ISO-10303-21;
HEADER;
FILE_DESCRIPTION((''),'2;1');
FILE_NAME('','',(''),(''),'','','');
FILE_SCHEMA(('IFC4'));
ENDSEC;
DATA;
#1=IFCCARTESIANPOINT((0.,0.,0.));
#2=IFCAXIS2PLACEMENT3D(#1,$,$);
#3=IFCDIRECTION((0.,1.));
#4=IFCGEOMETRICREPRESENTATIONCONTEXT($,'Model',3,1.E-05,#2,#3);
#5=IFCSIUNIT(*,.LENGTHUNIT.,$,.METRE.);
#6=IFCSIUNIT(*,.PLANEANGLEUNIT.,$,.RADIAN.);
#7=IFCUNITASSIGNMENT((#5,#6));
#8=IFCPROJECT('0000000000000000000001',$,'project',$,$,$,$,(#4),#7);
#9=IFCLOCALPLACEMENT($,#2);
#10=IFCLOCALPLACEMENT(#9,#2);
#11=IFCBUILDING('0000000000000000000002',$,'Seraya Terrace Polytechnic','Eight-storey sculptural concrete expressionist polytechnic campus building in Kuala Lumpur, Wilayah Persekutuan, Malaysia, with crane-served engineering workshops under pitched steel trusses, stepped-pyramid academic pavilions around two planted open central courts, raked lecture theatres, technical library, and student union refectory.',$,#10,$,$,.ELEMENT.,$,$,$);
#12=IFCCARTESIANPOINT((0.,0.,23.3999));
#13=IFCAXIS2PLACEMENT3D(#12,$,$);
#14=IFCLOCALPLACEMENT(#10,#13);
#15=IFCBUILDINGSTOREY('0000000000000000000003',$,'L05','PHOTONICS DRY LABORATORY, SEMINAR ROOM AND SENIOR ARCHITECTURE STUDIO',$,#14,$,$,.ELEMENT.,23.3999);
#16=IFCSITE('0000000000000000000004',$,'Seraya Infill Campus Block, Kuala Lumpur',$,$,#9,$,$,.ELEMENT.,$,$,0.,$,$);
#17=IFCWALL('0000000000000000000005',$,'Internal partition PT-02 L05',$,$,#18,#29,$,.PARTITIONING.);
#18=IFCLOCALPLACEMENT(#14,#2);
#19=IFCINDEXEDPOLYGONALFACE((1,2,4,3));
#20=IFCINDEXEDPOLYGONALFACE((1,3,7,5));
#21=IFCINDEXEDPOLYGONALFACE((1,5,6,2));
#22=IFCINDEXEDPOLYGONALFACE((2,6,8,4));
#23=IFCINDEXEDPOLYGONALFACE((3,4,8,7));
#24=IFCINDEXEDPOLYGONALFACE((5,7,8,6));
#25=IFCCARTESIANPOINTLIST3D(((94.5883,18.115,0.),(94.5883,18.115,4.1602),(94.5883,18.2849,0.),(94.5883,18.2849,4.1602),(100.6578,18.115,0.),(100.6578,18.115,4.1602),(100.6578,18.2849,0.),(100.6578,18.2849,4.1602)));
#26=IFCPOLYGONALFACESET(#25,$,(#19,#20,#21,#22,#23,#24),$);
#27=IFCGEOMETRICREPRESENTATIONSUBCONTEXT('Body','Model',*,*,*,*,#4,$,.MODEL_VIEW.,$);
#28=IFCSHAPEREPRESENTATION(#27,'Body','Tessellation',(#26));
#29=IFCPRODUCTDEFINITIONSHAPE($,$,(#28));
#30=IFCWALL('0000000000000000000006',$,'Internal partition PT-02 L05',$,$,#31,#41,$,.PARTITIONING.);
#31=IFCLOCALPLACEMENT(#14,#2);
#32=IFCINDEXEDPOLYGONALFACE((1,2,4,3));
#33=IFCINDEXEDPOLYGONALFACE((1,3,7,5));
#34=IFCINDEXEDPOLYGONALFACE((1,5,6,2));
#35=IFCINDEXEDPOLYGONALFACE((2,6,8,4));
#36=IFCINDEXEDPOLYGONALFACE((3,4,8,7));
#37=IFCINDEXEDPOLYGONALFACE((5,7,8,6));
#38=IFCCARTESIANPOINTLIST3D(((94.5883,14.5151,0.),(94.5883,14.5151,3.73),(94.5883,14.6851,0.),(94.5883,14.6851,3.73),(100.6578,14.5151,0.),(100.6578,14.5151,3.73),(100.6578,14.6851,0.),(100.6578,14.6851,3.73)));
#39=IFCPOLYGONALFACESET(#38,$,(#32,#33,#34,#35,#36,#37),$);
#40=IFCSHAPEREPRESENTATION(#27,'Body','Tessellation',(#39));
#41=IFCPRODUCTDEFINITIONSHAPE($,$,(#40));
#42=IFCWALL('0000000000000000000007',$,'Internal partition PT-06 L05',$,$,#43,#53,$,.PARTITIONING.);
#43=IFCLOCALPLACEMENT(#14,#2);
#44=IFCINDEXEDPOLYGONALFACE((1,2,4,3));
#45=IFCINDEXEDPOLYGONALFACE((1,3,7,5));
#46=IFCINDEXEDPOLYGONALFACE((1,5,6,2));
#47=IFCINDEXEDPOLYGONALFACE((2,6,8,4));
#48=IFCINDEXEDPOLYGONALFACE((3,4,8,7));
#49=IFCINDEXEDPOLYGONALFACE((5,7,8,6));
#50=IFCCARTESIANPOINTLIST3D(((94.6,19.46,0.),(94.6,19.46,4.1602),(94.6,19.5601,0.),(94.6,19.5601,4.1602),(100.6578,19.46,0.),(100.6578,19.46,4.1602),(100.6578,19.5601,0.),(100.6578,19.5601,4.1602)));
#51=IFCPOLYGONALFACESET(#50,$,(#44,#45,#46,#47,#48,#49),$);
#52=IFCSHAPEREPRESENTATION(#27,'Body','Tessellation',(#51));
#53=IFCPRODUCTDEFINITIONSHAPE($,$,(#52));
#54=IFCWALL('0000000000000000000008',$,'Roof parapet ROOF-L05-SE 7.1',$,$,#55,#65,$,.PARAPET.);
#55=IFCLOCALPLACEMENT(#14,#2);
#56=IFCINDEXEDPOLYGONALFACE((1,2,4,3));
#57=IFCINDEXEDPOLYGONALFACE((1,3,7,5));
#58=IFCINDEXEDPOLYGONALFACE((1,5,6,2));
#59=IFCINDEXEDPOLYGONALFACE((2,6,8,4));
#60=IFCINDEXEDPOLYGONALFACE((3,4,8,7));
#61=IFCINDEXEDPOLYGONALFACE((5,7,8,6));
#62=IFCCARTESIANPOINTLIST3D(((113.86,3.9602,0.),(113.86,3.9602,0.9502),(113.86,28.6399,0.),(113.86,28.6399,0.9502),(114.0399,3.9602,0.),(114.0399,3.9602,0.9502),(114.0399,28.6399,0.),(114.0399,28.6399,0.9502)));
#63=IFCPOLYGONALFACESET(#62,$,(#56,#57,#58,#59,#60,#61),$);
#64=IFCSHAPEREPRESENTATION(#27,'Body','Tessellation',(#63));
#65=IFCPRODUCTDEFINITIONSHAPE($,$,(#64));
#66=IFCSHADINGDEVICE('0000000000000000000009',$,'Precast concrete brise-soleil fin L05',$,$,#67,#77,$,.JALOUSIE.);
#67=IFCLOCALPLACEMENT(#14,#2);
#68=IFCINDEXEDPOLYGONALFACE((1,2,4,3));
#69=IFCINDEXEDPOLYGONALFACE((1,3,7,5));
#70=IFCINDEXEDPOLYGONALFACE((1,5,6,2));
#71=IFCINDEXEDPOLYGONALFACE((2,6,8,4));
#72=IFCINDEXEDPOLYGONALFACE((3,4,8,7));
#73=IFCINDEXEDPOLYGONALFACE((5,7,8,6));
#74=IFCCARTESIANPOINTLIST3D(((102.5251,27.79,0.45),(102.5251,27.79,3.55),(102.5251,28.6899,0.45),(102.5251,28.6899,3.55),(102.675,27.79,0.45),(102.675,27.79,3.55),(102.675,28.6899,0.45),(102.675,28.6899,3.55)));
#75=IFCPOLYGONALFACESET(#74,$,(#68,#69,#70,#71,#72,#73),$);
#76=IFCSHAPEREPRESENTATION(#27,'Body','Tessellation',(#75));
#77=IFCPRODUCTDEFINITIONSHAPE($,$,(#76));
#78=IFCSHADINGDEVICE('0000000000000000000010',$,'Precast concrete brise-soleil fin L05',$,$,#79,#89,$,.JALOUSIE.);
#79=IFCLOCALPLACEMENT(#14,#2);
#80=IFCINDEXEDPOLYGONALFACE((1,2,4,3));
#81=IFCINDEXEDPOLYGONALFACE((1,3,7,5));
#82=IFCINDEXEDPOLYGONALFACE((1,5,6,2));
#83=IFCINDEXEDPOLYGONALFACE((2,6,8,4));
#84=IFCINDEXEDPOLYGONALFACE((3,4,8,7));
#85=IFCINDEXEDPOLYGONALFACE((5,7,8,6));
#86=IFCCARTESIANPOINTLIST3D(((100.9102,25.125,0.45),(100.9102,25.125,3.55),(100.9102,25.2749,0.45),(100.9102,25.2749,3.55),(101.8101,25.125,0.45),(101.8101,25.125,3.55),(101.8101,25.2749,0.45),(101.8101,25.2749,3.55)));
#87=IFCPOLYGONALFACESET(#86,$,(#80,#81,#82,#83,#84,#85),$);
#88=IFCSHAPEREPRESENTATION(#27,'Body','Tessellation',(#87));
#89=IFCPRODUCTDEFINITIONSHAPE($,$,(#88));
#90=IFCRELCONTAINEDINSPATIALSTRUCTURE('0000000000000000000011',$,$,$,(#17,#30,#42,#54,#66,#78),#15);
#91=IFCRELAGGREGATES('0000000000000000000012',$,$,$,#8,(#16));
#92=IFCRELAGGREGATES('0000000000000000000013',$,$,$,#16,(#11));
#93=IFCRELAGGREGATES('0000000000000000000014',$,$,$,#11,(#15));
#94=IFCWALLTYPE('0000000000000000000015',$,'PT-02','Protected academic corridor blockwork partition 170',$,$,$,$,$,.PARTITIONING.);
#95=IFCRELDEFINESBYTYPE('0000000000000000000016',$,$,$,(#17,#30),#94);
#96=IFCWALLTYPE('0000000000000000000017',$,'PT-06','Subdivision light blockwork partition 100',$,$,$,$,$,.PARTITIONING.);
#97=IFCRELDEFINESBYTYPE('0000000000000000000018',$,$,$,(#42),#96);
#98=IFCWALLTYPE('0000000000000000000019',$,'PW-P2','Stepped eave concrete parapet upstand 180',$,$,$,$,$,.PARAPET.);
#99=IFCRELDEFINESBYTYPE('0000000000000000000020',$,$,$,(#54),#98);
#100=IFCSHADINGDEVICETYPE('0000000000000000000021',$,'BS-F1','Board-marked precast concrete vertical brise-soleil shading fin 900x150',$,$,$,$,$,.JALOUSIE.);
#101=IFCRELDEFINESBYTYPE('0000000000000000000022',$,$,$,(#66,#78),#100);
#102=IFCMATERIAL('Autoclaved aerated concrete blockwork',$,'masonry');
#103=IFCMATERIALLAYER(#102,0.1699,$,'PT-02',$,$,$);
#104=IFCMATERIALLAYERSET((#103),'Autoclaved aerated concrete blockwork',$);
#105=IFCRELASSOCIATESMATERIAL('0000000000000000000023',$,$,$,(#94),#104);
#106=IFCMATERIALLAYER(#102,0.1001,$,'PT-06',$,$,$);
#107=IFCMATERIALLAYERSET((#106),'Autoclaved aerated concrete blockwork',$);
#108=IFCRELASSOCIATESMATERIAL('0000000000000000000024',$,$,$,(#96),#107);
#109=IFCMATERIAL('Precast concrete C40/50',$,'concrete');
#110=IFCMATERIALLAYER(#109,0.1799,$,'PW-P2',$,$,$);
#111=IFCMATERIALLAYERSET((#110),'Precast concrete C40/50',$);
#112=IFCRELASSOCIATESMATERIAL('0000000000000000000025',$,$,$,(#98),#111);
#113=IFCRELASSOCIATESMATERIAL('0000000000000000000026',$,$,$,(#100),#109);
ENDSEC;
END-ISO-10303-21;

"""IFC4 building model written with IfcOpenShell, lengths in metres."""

from ifc_helpers import new_model, si_unit, direction, frame, frame_2d, origin, origin_2d, place, context, subcontext, project, spatial, rectangle, extrude, material, layer, layer_set, type_object, element, save


model = new_model("IFC4")

# Units and contexts
model_context = context("Model", 3, precision=1e-05, world=origin(), true_north=direction((0.0, 1.0)))
body_context = subcontext(model_context, "Body", "Model", "MODEL_VIEW")
ifc_project = project(units=[si_unit("LENGTHUNIT", "METRE"), si_unit("PLANEANGLEUNIT", "RADIAN")], contexts=[model_context])

# Site, building, storey
site_placement = place(None, origin())
site = spatial("IfcSite", under=ifc_project, at=site_placement, Name="Seraya Infill Campus Block, Kuala Lumpur", CompositionType="ELEMENT", RefElevation=0.0)
building_placement = place(site_placement, origin())
building = spatial("IfcBuilding", under=site, at=building_placement, Name="Seraya Terrace Polytechnic", Description="Eight-storey sculptural concrete expressionist polytechnic campus building in Kuala Lumpur, Wilayah Persekutuan, Malaysia, with crane-served engineering workshops under pitched steel trusses, stepped-pyramid academic pavilions around two planted open central courts, raked lecture theatres, technical library, and student union refectory.", CompositionType="ELEMENT")
storey_placement = place(building_placement, frame((0.0, 0.0, 23.3999)))
storey = spatial("IfcBuildingStorey", under=building, at=storey_placement, Name="L05", Description="PHOTONICS DRY LABORATORY, SEMINAR ROOM AND SENIOR ARCHITECTURE STUDIO", CompositionType="ELEMENT", Elevation=23.3999)

# Shared definitions
ifc_material_1 = material(Name="Precast concrete C40/50", Category="concrete")

# Walls
ifc_material_2 = material(Name="Autoclaved aerated concrete blockwork", Category="masonry")
ifc_layer_1 = layer(ifc_material_2, 0.1699, Name="PT-02")
ifc_layer_set_1 = layer_set([ifc_layer_1], Name="Autoclaved aerated concrete blockwork")
wall_type_1 = type_object("IfcWallType", Name="PT-02", Description="Protected academic corridor blockwork partition 170", PredefinedType="PARTITIONING", material=ifc_layer_set_1)
wall_1_placement = place(storey_placement, frame((94.5884, 18.2, 0.0), z_axis=(0.0, 0.0, 1.0), x_axis=(1.0, 0.0, 0.0)))
element("IfcWall", 1, at=wall_1_placement, inside=storey, type_object=wall_type_1, Name="Internal partition PT-02 L05", PredefinedType="PARTITIONING", context=body_context, shape_type="SweptSolid", body=[
    extrude(rectangle(XDim=6.0696, YDim=0.1699, at=frame_2d((3.0347, 0.0))), origin(), (0.0, 0.0, 1.0), 4.1602),
])
wall_2_placement = place(storey_placement, frame((94.5884, 14.6001, 0.0), z_axis=(0.0, 0.0, 1.0), x_axis=(1.0, 0.0, 0.0)))
element("IfcWall", 2, at=wall_2_placement, inside=storey, type_object=wall_type_1, Name="Internal partition PT-02 L05", PredefinedType="PARTITIONING", context=body_context, shape_type="SweptSolid", body=[
    extrude(rectangle(XDim=6.0696, YDim=0.1699, at=frame_2d((3.0347, 0.0))), origin(), (0.0, 0.0, 1.0), 3.73),
])
ifc_layer_2 = layer(ifc_material_2, 0.1001, Name="PT-06")
ifc_layer_set_2 = layer_set([ifc_layer_2], Name="Autoclaved aerated concrete blockwork")
wall_type_2 = type_object("IfcWallType", Name="PT-06", Description="Subdivision light blockwork partition 100", PredefinedType="PARTITIONING", material=ifc_layer_set_2)
wall_3_placement = place(storey_placement, frame((94.6001, 19.51, 0.0), z_axis=(0.0, 0.0, 1.0), x_axis=(1.0, 0.0, 0.0)))
element("IfcWall", 3, at=wall_3_placement, inside=storey, type_object=wall_type_2, Name="Internal partition PT-06 L05", PredefinedType="PARTITIONING", context=body_context, shape_type="SweptSolid", body=[
    extrude(rectangle(XDim=6.0579, YDim=0.1001, at=frame_2d((3.0288, 0.0))), origin(), (0.0, 0.0, 1.0), 4.1602),
])
ifc_layer_3 = layer(ifc_material_1, 0.1799, Name="PW-P2")
ifc_layer_set_3 = layer_set([ifc_layer_3], Name="Precast concrete C40/50")
wall_type_3 = type_object("IfcWallType", Name="PW-P2", Description="Stepped eave concrete parapet upstand 180", PredefinedType="PARAPET", material=ifc_layer_set_3)
wall_4_placement = place(storey_placement, frame((113.95, 28.6399, 0.0), z_axis=(0.0, 0.0, 1.0), x_axis=(0.0, -1.0, 0.0)))
element("IfcWall", 4, at=wall_4_placement, inside=storey, type_object=wall_type_3, Name="Roof parapet ROOF-L05-SE 7.1", PredefinedType="PARAPET", context=body_context, shape_type="SweptSolid", body=[
    extrude(rectangle(XDim=24.6797, YDim=0.1799, at=frame_2d((12.3398, 0.0))), origin(), (0.0, 0.0, 1.0), 0.9502),
])

# Shading devices
shading_device_type = type_object("IfcShadingDeviceType", Name="BS-F1", Description="Board-marked precast concrete vertical brise-soleil shading fin 900x150", PredefinedType="JALOUSIE", material=ifc_material_1)
for number, where, z_axis, x_axis, name in (
    (5, (102.6001, 28.24, 0.45), (0.0, 0.0, 1.0), (0.0, -1.0, 0.0), "Precast concrete brise-soleil fin L05"),
    (6, (101.3601, 25.2, 0.45), (0.0, 0.0, 1.0), (1.0, 0.0, 0.0), "Precast concrete brise-soleil fin L05"),
):
    element("IfcShadingDevice", number, at=place(storey_placement, frame(where, z_axis=z_axis, x_axis=x_axis)), inside=storey, type_object=shading_device_type, Name=name, PredefinedType="JALOUSIE", context=body_context, shape_type="SweptSolid", body=[
        extrude(rectangle(XDim=0.8999, YDim=0.1499, at=origin_2d()), origin(), (0.0, 0.0, 1.0), 3.1001),
    ])

save(model, "model.ifc")
